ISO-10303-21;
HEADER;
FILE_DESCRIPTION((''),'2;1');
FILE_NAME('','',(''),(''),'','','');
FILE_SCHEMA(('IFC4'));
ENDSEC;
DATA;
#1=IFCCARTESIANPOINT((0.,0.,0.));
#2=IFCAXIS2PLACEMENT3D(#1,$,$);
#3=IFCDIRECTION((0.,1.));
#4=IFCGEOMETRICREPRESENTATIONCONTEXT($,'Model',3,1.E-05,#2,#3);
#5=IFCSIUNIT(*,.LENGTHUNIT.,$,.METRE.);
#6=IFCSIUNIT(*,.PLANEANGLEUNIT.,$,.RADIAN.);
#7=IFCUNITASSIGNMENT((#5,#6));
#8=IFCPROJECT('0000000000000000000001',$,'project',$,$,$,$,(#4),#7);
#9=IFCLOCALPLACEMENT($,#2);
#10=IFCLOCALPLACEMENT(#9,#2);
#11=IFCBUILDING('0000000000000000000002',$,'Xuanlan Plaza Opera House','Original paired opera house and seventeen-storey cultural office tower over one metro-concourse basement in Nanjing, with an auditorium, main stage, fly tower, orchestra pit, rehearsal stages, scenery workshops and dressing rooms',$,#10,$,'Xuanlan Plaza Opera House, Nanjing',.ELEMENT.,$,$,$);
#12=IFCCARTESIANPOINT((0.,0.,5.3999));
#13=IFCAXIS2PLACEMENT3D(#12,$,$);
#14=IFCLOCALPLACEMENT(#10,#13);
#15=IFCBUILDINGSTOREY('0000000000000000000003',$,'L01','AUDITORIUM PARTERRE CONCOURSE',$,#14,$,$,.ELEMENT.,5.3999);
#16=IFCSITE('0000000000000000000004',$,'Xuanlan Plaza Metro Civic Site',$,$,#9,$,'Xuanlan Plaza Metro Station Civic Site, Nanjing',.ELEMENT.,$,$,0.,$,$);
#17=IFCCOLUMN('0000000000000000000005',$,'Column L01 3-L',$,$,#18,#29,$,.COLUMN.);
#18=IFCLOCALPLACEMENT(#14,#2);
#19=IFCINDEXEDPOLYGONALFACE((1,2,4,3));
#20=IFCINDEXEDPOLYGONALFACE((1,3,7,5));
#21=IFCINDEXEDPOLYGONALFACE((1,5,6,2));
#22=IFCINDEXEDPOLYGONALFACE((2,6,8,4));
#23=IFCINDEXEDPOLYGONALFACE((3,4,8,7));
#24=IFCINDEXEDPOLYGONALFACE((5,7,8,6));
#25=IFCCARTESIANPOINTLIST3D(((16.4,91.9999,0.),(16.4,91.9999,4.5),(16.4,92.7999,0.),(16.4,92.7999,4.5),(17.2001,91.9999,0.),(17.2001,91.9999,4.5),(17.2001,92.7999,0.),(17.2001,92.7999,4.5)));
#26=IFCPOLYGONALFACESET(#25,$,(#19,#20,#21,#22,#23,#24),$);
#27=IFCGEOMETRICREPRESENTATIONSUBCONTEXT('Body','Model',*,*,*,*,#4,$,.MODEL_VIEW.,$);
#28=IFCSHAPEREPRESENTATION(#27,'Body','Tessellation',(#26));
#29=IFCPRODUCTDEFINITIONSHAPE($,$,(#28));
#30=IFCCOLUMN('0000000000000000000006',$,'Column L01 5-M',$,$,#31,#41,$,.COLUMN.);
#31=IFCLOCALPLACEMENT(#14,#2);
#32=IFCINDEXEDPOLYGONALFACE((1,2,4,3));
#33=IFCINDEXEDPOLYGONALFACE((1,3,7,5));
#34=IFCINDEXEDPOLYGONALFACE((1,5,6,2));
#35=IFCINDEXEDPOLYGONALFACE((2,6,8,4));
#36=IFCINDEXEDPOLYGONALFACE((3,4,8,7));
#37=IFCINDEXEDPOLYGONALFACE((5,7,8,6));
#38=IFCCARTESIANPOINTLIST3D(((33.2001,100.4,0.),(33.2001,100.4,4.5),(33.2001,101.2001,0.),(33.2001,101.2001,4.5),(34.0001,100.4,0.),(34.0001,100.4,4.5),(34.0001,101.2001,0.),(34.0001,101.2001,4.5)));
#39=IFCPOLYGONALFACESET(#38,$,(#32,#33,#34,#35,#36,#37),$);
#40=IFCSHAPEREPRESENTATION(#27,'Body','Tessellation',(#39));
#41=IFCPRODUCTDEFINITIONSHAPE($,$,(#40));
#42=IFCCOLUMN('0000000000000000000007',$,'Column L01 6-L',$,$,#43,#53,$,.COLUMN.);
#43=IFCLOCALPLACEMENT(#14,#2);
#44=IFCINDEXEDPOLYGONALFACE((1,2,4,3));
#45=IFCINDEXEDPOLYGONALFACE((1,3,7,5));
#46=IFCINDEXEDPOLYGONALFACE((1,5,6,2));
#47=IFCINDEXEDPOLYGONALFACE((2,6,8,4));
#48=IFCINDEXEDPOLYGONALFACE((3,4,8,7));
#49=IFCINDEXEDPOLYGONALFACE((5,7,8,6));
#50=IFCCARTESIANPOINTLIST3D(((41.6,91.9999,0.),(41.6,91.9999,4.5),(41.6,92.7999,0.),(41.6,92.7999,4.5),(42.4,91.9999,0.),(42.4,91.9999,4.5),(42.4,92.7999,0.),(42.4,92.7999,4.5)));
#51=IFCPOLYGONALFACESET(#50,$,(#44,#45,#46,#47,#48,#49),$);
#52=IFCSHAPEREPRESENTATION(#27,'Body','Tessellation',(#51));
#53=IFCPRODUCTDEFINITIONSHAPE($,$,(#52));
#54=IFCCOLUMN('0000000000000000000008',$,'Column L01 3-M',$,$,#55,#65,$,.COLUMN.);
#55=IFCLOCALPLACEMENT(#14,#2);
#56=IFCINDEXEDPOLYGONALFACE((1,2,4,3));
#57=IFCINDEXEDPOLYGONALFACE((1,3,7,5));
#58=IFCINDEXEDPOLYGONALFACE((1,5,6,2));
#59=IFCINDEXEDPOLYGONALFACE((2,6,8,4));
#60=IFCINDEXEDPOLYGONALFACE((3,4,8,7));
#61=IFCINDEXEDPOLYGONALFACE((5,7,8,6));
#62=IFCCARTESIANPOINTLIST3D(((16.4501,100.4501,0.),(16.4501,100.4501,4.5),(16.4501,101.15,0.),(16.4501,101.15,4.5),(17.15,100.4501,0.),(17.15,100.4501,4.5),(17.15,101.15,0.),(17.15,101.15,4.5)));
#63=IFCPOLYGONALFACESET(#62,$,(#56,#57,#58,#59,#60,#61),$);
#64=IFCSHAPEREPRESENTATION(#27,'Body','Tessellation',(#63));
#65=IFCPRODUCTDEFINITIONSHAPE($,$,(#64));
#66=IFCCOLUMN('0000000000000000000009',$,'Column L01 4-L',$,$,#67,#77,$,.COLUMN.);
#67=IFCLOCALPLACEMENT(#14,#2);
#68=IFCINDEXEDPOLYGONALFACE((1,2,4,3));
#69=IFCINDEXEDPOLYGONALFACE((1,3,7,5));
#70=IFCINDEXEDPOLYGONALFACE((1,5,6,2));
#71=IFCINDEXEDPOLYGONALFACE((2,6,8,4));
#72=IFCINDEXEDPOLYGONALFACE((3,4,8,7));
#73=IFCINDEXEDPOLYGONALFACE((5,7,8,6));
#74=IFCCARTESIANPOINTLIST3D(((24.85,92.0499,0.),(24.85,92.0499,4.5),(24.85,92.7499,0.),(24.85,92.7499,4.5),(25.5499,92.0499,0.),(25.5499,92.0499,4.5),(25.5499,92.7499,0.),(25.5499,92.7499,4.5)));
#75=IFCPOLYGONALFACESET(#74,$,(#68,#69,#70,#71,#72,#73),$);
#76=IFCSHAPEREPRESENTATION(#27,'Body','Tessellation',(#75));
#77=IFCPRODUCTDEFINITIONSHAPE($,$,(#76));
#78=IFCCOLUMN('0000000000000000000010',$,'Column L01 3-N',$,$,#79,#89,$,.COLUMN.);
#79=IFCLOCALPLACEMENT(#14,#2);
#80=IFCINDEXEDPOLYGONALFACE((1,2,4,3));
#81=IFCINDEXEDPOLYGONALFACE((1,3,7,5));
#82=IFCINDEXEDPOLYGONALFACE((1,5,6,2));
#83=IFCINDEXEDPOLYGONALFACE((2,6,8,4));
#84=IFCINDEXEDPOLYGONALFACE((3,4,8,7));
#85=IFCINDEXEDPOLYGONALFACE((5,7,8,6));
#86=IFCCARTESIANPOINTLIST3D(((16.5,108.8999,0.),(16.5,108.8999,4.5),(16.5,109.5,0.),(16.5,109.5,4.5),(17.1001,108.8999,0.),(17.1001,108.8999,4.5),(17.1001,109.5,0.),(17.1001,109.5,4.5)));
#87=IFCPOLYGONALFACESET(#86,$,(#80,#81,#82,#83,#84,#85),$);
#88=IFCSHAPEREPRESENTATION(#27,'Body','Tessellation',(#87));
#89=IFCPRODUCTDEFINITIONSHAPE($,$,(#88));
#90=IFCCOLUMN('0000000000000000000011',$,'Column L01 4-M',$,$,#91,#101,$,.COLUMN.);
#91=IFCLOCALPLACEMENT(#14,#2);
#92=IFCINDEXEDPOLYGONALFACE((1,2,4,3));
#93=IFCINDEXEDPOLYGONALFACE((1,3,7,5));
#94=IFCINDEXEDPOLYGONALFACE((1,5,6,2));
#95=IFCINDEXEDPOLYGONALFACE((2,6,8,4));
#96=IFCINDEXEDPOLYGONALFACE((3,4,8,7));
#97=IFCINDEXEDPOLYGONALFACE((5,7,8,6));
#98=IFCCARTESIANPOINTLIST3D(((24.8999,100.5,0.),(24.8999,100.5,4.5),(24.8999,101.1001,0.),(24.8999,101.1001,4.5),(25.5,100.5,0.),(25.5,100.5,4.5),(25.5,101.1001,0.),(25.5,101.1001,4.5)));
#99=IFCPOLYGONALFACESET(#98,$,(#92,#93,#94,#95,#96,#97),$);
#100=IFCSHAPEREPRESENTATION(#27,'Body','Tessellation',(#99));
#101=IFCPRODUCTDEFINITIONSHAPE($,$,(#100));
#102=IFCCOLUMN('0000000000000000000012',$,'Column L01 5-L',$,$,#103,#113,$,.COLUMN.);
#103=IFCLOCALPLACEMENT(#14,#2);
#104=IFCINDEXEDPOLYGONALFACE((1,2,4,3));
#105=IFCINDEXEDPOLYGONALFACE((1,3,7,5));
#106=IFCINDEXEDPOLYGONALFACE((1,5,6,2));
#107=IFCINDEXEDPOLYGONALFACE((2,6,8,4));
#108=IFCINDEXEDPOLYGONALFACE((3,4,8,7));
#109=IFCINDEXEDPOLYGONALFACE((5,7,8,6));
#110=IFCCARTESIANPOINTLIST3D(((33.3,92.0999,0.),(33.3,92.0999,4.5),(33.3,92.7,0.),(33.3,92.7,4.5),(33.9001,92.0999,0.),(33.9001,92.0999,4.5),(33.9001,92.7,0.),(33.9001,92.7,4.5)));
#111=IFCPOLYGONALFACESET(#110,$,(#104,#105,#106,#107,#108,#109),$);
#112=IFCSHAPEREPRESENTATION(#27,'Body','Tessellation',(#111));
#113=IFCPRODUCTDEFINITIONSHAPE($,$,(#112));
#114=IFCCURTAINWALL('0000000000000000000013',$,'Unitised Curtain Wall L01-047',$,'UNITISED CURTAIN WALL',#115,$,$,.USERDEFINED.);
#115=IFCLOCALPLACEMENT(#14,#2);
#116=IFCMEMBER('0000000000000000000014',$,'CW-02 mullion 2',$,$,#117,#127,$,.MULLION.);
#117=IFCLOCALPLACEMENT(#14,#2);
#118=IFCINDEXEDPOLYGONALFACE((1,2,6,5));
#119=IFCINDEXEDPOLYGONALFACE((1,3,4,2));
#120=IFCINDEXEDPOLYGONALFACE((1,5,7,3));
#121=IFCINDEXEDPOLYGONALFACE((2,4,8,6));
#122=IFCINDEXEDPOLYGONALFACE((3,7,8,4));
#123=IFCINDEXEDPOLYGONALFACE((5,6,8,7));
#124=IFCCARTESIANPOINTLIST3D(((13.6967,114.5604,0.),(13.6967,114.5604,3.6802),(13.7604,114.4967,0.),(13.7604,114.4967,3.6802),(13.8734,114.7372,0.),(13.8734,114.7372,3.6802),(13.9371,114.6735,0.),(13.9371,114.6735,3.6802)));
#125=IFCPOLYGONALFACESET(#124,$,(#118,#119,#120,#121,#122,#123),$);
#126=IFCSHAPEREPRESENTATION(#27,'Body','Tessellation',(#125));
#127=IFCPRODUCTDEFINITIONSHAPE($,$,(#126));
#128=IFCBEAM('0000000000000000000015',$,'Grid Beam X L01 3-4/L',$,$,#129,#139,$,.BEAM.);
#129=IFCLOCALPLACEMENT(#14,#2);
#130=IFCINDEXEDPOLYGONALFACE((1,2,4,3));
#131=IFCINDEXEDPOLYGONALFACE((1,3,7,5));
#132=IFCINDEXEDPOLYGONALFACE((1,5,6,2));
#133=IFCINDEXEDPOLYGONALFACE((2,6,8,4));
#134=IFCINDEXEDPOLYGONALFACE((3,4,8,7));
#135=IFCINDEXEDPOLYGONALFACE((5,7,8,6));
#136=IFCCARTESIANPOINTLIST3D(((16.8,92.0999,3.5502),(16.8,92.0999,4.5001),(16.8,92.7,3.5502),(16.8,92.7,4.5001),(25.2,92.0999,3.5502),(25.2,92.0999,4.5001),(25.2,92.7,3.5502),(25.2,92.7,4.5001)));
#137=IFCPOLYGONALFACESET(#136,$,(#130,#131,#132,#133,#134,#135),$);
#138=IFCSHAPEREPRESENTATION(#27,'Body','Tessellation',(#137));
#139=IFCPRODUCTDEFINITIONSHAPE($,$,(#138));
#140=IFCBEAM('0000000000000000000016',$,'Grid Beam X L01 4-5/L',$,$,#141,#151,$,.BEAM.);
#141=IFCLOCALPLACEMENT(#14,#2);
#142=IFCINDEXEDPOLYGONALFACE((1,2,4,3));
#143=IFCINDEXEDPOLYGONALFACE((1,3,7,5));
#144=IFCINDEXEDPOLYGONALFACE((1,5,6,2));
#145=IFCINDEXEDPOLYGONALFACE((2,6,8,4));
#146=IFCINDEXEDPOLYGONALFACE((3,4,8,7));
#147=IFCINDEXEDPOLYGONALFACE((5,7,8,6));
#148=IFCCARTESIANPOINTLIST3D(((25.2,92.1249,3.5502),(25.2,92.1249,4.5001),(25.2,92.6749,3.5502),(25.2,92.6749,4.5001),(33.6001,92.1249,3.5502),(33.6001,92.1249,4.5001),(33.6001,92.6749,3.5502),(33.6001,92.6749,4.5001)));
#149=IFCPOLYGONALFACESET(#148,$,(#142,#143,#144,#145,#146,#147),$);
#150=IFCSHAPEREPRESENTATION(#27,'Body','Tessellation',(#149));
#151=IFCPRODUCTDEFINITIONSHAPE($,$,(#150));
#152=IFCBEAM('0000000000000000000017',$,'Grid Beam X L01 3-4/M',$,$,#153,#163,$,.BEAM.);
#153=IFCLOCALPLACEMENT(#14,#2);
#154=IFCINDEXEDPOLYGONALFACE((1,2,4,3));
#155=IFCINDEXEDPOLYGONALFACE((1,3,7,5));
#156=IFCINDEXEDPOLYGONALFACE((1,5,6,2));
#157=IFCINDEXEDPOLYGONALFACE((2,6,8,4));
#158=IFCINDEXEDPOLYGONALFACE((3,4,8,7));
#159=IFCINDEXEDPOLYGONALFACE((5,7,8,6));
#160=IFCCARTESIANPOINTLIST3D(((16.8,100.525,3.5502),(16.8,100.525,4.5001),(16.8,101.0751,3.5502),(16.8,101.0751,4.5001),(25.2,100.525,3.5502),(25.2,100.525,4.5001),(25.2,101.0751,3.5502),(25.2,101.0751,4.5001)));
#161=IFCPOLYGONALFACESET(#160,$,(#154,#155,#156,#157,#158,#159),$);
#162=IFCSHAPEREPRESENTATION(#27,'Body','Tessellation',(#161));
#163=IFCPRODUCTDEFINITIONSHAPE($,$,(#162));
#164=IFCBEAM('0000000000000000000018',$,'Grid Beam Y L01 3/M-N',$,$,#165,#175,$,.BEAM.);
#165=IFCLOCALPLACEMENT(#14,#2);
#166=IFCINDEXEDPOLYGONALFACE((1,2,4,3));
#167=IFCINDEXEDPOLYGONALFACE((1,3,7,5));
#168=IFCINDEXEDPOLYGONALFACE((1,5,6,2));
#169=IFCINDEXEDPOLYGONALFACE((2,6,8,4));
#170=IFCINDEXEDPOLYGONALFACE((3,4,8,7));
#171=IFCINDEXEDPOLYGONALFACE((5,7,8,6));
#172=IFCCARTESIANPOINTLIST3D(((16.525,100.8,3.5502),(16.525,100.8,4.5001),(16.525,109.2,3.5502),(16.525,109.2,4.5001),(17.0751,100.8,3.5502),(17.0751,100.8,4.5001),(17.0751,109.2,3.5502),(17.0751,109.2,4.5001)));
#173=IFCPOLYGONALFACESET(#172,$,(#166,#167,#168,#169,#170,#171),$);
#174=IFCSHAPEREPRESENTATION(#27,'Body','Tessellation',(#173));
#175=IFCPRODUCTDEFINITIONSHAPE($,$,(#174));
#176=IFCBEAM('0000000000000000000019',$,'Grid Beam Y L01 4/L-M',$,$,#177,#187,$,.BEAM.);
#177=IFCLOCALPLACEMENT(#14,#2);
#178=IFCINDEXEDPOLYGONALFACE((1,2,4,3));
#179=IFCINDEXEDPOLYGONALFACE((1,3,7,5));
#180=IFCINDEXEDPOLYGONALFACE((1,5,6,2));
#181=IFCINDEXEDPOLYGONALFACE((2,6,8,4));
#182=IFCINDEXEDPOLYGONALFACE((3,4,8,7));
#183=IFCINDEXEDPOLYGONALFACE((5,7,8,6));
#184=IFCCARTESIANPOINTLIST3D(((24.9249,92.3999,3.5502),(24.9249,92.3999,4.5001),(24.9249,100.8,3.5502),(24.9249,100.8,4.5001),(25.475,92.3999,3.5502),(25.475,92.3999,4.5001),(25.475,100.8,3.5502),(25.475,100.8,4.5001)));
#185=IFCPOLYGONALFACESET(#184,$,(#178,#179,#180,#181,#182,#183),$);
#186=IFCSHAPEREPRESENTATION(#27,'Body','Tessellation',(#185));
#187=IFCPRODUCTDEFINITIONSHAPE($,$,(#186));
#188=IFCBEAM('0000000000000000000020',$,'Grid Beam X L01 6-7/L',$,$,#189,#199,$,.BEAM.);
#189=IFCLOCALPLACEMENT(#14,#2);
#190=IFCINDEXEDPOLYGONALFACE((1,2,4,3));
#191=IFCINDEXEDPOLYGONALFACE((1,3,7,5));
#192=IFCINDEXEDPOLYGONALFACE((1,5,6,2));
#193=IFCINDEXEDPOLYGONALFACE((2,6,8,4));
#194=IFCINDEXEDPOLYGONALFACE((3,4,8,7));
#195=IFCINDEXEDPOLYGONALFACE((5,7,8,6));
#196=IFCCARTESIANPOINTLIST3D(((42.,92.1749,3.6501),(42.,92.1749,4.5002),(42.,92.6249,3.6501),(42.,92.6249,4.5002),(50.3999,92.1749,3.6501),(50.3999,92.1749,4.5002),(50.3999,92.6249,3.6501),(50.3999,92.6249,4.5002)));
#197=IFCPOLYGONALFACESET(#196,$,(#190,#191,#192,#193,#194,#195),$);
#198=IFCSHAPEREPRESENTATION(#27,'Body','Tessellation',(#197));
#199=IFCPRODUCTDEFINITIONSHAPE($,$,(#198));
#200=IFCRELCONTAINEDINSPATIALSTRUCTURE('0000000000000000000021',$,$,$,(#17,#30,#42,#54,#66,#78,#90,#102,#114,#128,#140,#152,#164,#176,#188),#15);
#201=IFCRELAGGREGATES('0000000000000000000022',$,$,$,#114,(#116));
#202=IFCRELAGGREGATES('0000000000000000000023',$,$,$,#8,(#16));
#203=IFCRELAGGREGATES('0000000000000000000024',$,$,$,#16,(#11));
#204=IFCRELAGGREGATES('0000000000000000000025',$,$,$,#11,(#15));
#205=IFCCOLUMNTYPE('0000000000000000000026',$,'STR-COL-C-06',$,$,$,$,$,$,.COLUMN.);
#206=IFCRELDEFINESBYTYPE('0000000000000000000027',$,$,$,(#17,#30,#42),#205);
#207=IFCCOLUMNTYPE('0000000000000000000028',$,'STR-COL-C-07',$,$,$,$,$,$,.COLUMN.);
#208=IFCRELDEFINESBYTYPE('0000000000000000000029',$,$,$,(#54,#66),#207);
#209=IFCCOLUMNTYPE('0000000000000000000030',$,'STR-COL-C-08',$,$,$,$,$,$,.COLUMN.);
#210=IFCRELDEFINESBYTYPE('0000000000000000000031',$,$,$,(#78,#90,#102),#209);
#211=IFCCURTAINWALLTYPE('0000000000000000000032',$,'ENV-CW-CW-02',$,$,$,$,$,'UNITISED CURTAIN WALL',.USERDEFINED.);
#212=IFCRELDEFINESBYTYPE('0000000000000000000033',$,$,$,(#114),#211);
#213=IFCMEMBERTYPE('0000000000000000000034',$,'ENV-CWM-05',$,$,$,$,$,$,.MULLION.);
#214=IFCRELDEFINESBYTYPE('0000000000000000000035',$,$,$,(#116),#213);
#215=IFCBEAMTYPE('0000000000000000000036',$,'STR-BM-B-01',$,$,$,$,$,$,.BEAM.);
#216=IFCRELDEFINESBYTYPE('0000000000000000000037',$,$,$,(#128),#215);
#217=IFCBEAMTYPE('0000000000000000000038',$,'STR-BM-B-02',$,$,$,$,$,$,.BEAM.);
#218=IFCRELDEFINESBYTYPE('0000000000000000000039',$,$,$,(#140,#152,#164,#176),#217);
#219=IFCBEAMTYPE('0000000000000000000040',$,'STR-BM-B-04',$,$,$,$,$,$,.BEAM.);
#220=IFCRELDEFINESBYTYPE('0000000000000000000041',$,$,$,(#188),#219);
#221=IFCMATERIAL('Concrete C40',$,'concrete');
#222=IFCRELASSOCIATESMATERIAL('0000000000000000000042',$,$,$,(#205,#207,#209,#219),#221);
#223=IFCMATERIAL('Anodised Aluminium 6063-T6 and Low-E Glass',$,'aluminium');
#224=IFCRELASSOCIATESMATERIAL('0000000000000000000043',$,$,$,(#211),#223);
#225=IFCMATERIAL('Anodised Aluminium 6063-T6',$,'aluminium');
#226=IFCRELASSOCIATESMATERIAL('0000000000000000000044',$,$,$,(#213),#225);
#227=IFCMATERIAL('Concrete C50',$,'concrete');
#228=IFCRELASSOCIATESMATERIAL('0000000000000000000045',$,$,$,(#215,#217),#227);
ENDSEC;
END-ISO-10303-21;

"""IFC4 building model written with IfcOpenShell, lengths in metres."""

from ifc_helpers import new_model, si_unit, direction, frame, origin, origin_2d, place, context, subcontext, project, spatial, rectangle, extrude, material, material_profile, profile_set, type_object, element, aggregate, save


model = new_model("IFC4")

# Units and contexts
model_context = context("Model", 3, precision=1e-05, world=origin(), true_north=direction((0.0, 1.0)))
body_context = subcontext(model_context, "Body", "Model", "MODEL_VIEW")
ifc_project = project(units=[si_unit("LENGTHUNIT", "METRE"), si_unit("PLANEANGLEUNIT", "RADIAN")], contexts=[model_context])

# Site, building, storey
site_placement = place(None, origin())
site = spatial("IfcSite", under=ifc_project, at=site_placement, Name="Xuanlan Plaza Metro Civic Site", LongName="Xuanlan Plaza Metro Station Civic Site, Nanjing", CompositionType="ELEMENT", RefElevation=0.0)
building_placement = place(site_placement, origin())
building = spatial("IfcBuilding", under=site, at=building_placement, Name="Xuanlan Plaza Opera House", Description="Original paired opera house and seventeen-storey cultural office tower over one metro-concourse basement in Nanjing, with an auditorium, main stage, fly tower, orchestra pit, rehearsal stages, scenery workshops and dressing rooms", LongName="Xuanlan Plaza Opera House, Nanjing", CompositionType="ELEMENT")
storey_placement = place(building_placement, frame((0.0, 0.0, 5.3999)))
storey = spatial("IfcBuildingStorey", under=building, at=storey_placement, Name="L01", Description="AUDITORIUM PARTERRE CONCOURSE", CompositionType="ELEMENT", Elevation=5.3999)

# Columns
ifc_material_1 = material(Name="Concrete C40", Category="concrete")
ifc_material_profile_1 = material_profile(ifc_material_1, rectangle(XDim=0.8, YDim=0.8, at=origin_2d()), Name="RC-COL 800x800")
ifc_profile_set_1 = profile_set([ifc_material_profile_1], Name="Concrete C40")
column_type_1 = type_object("IfcColumnType", Name="STR-COL-C-06", PredefinedType="COLUMN", material=ifc_profile_set_1)
for number, where, z_axis, x_axis, name in (
    (1, (16.8, 92.3999, 0.0), (0.0, 0.0, 1.0), (1.0, 0.0, 0.0), "Column L01 3-L"),
    (2, (33.6001, 100.8, 0.0), (0.0, 0.0, 1.0), (1.0, 0.0, 0.0), "Column L01 5-M"),
    (3, (42.0, 92.3999, 0.0), (0.0, 0.0, 1.0), (1.0, 0.0, 0.0), "Column L01 6-L"),
):
    element("IfcColumn", number, at=place(storey_placement, frame(where, z_axis=z_axis, x_axis=x_axis)), inside=storey, type_object=column_type_1, Name=name, PredefinedType="COLUMN", context=body_context, shape_type="SweptSolid", body=[
        extrude(rectangle(XDim=0.8, YDim=0.8, at=origin_2d()), origin(), (0.0, 0.0, 1.0), 4.5),
    ])
ifc_material_profile_2 = material_profile(ifc_material_1, rectangle(XDim=0.7, YDim=0.7, at=origin_2d()), Name="RC-COL 700x700")
ifc_profile_set_2 = profile_set([ifc_material_profile_2], Name="Concrete C40")
column_type_2 = type_object("IfcColumnType", Name="STR-COL-C-07", PredefinedType="COLUMN", material=ifc_profile_set_2)
for number, where, z_axis, x_axis, name in (
    (4, (16.8, 100.8, 0.0), (0.0, 0.0, 1.0), (1.0, 0.0, 0.0), "Column L01 3-M"),
    (5, (25.2, 92.3999, 0.0), (0.0, 0.0, 1.0), (1.0, 0.0, 0.0), "Column L01 4-L"),
):
    element("IfcColumn", number, at=place(storey_placement, frame(where, z_axis=z_axis, x_axis=x_axis)), inside=storey, type_object=column_type_2, Name=name, PredefinedType="COLUMN", context=body_context, shape_type="SweptSolid", body=[
        extrude(rectangle(XDim=0.7, YDim=0.7, at=origin_2d()), origin(), (0.0, 0.0, 1.0), 4.5),
    ])
ifc_material_profile_3 = material_profile(ifc_material_1, rectangle(XDim=0.6001, YDim=0.6001, at=origin_2d()), Name="RC-COL 600x600")
ifc_profile_set_3 = profile_set([ifc_material_profile_3], Name="Concrete C40")
column_type_3 = type_object("IfcColumnType", Name="STR-COL-C-08", PredefinedType="COLUMN", material=ifc_profile_set_3)
for number, where, z_axis, x_axis, name in (
    (6, (16.8, 109.2, 0.0), (0.0, 0.0, 1.0), (1.0, 0.0, 0.0), "Column L01 3-N"),
    (7, (25.2, 100.8, 0.0), (0.0, 0.0, 1.0), (1.0, 0.0, 0.0), "Column L01 4-M"),
    (8, (33.6001, 92.3999, 0.0), (0.0, 0.0, 1.0), (1.0, 0.0, 0.0), "Column L01 5-L"),
):
    element("IfcColumn", number, at=place(storey_placement, frame(where, z_axis=z_axis, x_axis=x_axis)), inside=storey, type_object=column_type_3, Name=name, PredefinedType="COLUMN", context=body_context, shape_type="SweptSolid", body=[
        extrude(rectangle(XDim=0.6001, YDim=0.6001, at=origin_2d()), origin(), (0.0, 0.0, 1.0), 4.5),
    ])

# Curtain wall, member
ifc_material_2 = material(Name="Anodised Aluminium 6063-T6 and Low-E Glass", Category="aluminium")
curtain_wall_type = type_object("IfcCurtainWallType", Name="ENV-CW-CW-02", ElementType="UNITISED CURTAIN WALL", PredefinedType="USERDEFINED", material=ifc_material_2)
curtain_wall_placement = place(storey_placement, origin())
curtain_wall = element("IfcCurtainWall", 9, at=curtain_wall_placement, inside=storey, type_object=curtain_wall_type, Name="Unitised Curtain Wall L01-047", ObjectType="UNITISED CURTAIN WALL", PredefinedType="USERDEFINED")
ifc_material_3 = material(Name="Anodised Aluminium 6063-T6", Category="aluminium")
ifc_material_profile_4 = material_profile(ifc_material_3, rectangle(XDim=0.0901, YDim=0.25, at=origin_2d()), Name="ALU-M 90x250")
ifc_profile_set_4 = profile_set([ifc_material_profile_4], Name="Anodised Aluminium 6063-T6")
member_type_1 = type_object("IfcMemberType", Name="ENV-CWM-05", PredefinedType="MULLION", material=ifc_profile_set_4)
member_1_placement = place(storey_placement, frame((13.8169, 114.6169, 0.0), z_axis=(0.0, 0.0, 1.0), x_axis=(0.707107, -0.707107, 0.0)))
member_1 = element("IfcMember", 10, at=member_1_placement, type_object=member_type_1, Name="CW-02 mullion 2", PredefinedType="MULLION", context=body_context, shape_type="SweptSolid", body=[
    extrude(rectangle(XDim=0.0901, YDim=0.25, at=origin_2d()), origin(), (0.0, 0.0, 1.0), 3.6802),
])
aggregate(curtain_wall, [member_1])

# Beams
ifc_material_4 = material(Name="Concrete C50", Category="concrete")
ifc_material_profile_5 = material_profile(ifc_material_4, rectangle(XDim=0.6001, YDim=0.95, at=origin_2d()), Name="RC-BM 600x950")
ifc_profile_set_5 = profile_set([ifc_material_profile_5], Name="Concrete C50")
beam_type_1 = type_object("IfcBeamType", Name="STR-BM-B-01", PredefinedType="BEAM", material=ifc_profile_set_5)
beam_1_placement = place(storey_placement, frame((16.8, 92.3999, 4.0251), z_axis=(1.0, 0.0, 0.0), x_axis=(0.0, 1.0, 0.0)))
element("IfcBeam", 11, at=beam_1_placement, inside=storey, type_object=beam_type_1, Name="Grid Beam X L01 3-4/L", PredefinedType="BEAM", context=body_context, shape_type="SweptSolid", body=[
    extrude(rectangle(XDim=0.6001, YDim=0.95, at=origin_2d()), origin(), (0.0, 0.0, 1.0), 8.3999),
])
ifc_material_profile_6 = material_profile(ifc_material_4, rectangle(XDim=0.55, YDim=0.95, at=origin_2d()), Name="RC-BM 550x950")
ifc_profile_set_6 = profile_set([ifc_material_profile_6], Name="Concrete C50")
beam_type_2 = type_object("IfcBeamType", Name="STR-BM-B-02", PredefinedType="BEAM", material=ifc_profile_set_6)
beam_2_placement = place(storey_placement, frame((25.2, 92.3999, 4.0251), z_axis=(1.0, 0.0, 0.0), x_axis=(0.0, 1.0, 0.0)))
element("IfcBeam", 12, at=beam_2_placement, inside=storey, type_object=beam_type_2, Name="Grid Beam X L01 4-5/L", PredefinedType="BEAM", context=body_context, shape_type="SweptSolid", body=[
    extrude(rectangle(XDim=0.55, YDim=0.95, at=origin_2d()), origin(), (0.0, 0.0, 1.0), 8.4001),
])
for number, where, z_axis, x_axis, name in (
    (13, (16.8, 100.8, 4.0251), (1.0, 0.0, 0.0), (0.0, 1.0, 0.0), "Grid Beam X L01 3-4/M"),
    (14, (16.8, 100.8, 4.0251), (0.0, 1.0, 0.0), (-1.0, 0.0, 0.0), "Grid Beam Y L01 3/M-N"),
):
    element("IfcBeam", number, at=place(storey_placement, frame(where, z_axis=z_axis, x_axis=x_axis)), inside=storey, type_object=beam_type_2, Name=name, PredefinedType="BEAM", context=body_context, shape_type="SweptSolid", body=[
        extrude(rectangle(XDim=0.55, YDim=0.95, at=origin_2d()), origin(), (0.0, 0.0, 1.0), 8.3999),
    ])
beam_3_placement = place(storey_placement, frame((25.2, 92.3999, 4.0251), z_axis=(0.0, 1.0, 0.0), x_axis=(-1.0, 0.0, 0.0)))
element("IfcBeam", 15, at=beam_3_placement, inside=storey, type_object=beam_type_2, Name="Grid Beam Y L01 4/L-M", PredefinedType="BEAM", context=body_context, shape_type="SweptSolid", body=[
    extrude(rectangle(XDim=0.55, YDim=0.95, at=origin_2d()), origin(), (0.0, 0.0, 1.0), 8.4001),
])
ifc_material_profile_7 = material_profile(ifc_material_1, rectangle(XDim=0.45, YDim=0.8501, at=origin_2d()), Name="RC-BM 450x850")
ifc_profile_set_7 = profile_set([ifc_material_profile_7], Name="Concrete C40")
beam_type_3 = type_object("IfcBeamType", Name="STR-BM-B-04", PredefinedType="BEAM", material=ifc_profile_set_7)
for number, where, z_axis, x_axis, name in (
    (16, (42.0, 92.3999, 4.0752), (1.0, 0.0, 0.0), (0.0, 1.0, 0.0), "Grid Beam X L01 6-7/L"),
):
    element("IfcBeam", number, at=place(storey_placement, frame(where, z_axis=z_axis, x_axis=x_axis)), inside=storey, type_object=beam_type_3, Name=name, PredefinedType="BEAM", context=body_context, shape_type="SweptSolid", body=[
        extrude(rectangle(XDim=0.45, YDim=0.8501, at=origin_2d()), origin(), (0.0, 0.0, 1.0), 8.3999),
    ])

save(model, "model.ifc")
